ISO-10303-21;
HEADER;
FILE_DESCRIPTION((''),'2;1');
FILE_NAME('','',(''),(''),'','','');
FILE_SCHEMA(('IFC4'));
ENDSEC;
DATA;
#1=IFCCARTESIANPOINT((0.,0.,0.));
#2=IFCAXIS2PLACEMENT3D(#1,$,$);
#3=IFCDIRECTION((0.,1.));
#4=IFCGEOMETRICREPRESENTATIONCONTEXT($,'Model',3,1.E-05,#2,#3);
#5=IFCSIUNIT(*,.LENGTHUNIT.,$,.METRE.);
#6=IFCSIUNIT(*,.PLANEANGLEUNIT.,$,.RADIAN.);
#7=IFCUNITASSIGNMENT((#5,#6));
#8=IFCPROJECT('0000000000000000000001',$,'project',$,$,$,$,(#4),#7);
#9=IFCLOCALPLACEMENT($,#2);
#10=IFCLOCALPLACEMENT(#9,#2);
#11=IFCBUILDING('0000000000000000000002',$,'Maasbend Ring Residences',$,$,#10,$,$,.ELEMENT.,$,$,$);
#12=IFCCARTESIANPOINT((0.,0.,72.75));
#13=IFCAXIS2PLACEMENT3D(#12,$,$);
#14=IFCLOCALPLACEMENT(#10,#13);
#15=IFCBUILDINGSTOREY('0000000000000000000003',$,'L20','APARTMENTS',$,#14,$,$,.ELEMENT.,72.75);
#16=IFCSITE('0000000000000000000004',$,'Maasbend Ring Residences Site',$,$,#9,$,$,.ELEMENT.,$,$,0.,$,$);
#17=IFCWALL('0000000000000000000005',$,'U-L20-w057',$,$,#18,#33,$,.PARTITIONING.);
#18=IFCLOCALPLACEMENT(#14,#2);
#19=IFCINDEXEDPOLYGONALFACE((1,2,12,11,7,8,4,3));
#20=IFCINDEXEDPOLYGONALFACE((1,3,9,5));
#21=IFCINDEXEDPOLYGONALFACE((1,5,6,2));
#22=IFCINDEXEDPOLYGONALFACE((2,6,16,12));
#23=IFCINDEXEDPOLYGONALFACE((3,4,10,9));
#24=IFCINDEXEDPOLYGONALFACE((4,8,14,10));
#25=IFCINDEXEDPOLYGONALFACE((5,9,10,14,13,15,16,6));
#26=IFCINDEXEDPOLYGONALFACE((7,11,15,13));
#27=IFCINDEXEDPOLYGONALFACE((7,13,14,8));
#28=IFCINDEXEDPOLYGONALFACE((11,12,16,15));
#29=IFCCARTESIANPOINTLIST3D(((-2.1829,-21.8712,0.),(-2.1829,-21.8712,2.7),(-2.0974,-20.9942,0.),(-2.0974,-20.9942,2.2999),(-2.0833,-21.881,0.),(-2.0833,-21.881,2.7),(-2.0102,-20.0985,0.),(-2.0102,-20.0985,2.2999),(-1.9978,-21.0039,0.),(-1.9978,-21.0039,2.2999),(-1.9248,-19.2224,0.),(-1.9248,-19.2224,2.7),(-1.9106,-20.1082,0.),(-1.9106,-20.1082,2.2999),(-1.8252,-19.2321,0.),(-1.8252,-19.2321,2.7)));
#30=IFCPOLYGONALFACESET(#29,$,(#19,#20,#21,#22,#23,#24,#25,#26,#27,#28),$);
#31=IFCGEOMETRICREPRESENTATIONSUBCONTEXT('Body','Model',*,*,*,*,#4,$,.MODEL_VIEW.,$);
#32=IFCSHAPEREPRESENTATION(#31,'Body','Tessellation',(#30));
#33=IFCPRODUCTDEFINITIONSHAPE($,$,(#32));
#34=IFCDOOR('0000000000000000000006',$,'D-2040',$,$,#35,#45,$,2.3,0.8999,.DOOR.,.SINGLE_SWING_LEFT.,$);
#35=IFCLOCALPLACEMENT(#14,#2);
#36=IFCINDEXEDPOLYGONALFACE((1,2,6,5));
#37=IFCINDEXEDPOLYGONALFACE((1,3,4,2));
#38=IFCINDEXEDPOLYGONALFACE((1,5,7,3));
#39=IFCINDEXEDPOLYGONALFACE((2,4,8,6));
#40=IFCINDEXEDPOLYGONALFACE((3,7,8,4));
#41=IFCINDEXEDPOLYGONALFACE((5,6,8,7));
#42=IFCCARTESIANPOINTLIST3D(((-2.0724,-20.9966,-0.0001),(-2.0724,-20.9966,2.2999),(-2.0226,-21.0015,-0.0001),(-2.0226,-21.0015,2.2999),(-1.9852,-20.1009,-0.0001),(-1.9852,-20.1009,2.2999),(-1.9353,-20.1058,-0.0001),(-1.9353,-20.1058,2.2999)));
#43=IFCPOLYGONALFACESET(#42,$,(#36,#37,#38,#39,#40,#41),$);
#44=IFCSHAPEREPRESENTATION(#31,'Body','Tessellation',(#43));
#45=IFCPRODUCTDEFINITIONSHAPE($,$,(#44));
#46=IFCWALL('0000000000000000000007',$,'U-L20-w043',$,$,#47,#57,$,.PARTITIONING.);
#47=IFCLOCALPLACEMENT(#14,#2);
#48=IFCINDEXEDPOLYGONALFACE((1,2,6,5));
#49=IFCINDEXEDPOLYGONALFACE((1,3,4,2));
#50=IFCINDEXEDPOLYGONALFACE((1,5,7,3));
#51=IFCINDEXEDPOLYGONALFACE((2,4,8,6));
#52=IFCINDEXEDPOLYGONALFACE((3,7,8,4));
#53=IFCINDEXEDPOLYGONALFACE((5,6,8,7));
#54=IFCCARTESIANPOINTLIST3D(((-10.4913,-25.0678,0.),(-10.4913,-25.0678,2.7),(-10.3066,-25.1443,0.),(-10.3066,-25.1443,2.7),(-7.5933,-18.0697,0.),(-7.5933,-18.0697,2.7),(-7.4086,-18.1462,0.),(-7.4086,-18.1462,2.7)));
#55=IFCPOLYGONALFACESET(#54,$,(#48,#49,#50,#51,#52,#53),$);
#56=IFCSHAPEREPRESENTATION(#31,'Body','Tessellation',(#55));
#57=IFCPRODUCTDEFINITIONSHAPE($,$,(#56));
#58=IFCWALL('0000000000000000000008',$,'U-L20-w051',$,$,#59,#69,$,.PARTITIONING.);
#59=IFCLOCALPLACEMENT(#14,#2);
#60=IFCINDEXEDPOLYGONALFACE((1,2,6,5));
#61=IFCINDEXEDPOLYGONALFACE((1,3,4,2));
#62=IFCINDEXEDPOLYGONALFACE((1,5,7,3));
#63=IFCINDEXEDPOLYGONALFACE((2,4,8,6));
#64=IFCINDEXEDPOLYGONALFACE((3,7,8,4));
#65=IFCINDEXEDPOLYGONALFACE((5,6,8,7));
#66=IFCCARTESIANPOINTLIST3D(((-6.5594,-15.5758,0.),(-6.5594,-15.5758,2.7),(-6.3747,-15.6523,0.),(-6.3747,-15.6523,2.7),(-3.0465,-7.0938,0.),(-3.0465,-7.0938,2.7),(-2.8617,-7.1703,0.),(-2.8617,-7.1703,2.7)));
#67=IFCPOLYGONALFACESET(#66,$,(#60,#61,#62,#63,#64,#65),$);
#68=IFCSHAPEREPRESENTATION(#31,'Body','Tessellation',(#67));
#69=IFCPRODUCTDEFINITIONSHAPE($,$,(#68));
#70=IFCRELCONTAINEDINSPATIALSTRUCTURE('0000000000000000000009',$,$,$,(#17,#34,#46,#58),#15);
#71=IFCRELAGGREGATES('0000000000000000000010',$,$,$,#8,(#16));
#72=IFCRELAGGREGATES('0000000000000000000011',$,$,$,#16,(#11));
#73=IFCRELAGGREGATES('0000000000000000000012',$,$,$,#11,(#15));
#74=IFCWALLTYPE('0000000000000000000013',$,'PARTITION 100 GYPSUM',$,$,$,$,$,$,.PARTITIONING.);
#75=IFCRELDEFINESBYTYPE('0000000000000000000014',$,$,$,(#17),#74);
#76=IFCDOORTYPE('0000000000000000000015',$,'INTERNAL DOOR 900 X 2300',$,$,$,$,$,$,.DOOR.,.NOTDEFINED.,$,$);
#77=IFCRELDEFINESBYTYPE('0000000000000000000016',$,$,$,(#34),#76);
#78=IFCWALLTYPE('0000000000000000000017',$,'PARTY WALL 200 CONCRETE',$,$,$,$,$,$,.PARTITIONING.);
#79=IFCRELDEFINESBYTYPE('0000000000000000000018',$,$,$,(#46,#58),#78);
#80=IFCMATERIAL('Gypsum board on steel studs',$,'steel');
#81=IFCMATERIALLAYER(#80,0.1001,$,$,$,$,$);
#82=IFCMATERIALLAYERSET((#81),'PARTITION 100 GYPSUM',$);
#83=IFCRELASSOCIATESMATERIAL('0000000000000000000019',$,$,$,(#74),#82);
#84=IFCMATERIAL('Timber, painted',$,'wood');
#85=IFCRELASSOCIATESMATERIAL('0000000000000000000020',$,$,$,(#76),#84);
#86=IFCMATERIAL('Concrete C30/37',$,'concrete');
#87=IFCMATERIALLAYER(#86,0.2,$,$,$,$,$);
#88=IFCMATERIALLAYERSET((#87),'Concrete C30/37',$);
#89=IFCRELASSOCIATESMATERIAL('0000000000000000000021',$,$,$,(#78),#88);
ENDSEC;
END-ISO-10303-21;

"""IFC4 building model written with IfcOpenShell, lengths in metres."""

from ifc_helpers import new_model, si_unit, direction, frame, frame_2d, origin, place, context, subcontext, project, spatial, rectangle, extrude, material, layer, layer_set, type_object, element, fill, save


model = new_model("IFC4")

# Units and contexts
model_context = context("Model", 3, precision=1e-05, world=origin(), true_north=direction((0.0, 1.0)))
body_context = subcontext(model_context, "Body", "Model", "MODEL_VIEW")
ifc_project = project(units=[si_unit("LENGTHUNIT", "METRE"), si_unit("PLANEANGLEUNIT", "RADIAN")], contexts=[model_context])

# Site, building, storey
site_placement = place(None, origin())
site = spatial("IfcSite", under=ifc_project, at=site_placement, Name="Maasbend Ring Residences Site", CompositionType="ELEMENT", RefElevation=0.0)
building_placement = place(site_placement, origin())
building = spatial("IfcBuilding", under=site, at=building_placement, Name="Maasbend Ring Residences", CompositionType="ELEMENT")
storey_placement = place(building_placement, frame((0.0, 0.0, 72.75)))
storey = spatial("IfcBuildingStorey", under=building, at=storey_placement, Name="L20", Description="APARTMENTS", CompositionType="ELEMENT", Elevation=72.75)

# Shared definitions
ifc_material_1 = material(Name="Gypsum board on steel studs", Category="steel")
ifc_layer_1 = layer(ifc_material_1, 0.1001)
ifc_layer_set_1 = layer_set([ifc_layer_1], Name="PARTITION 100 GYPSUM")
wall_type_1 = type_object("IfcWallType", Name="PARTITION 100 GYPSUM", PredefinedType="PARTITIONING", material=ifc_layer_set_1)
ifc_material_2 = material(Name="Timber, painted", Category="wood")
door_type_1 = type_object("IfcDoorType", Name="INTERNAL DOOR 900 X 2300", OperationType="NOTDEFINED", PredefinedType="DOOR", material=ifc_material_2)

# Wall, opening, door
wall_1_placement = place(storey_placement, frame((-2.1331, -21.876, 0.0), z_axis=(0.0, 0.0, 1.0), x_axis=(0.09696, 0.995288, 0.0)))
wall_1 = element("IfcWall", 1, at=wall_1_placement, inside=storey, type_object=wall_type_1, Name="U-L20-w057", PredefinedType="PARTITIONING", context=body_context, shape_type="SweptSolid", body=[
    extrude(rectangle(XDim=2.6614, YDim=0.1001, at=frame_2d((1.3306, 0.0))), origin(), (0.0, 0.0, 1.0), 2.7),
])
opening_1_placement = place(wall_1_placement, frame((0.8811, 0.0, 0.0)))
opening_1 = element("IfcOpeningElement", 2, at=opening_1_placement, cuts=wall_1, PredefinedType="OPENING", context=body_context, shape_type="SweptSolid", body=[
    extrude(rectangle(XDim=0.8999, YDim=2.3, at=frame_2d((0.45, 1.1499))), frame((0.0, 0.0601, 0.0), z_axis=(0.0, -1.0, 0.0), x_axis=(1.0, 0.0, 0.0)), (0.0, 0.0, 1.0), 0.1201),
])
door_1_placement = place(opening_1_placement, origin())
door_1 = element("IfcDoor", 3, at=door_1_placement, inside=storey, type_object=door_type_1, Name="D-2040", OperationType="SINGLE_SWING_LEFT", OverallHeight=2.3, OverallWidth=0.8999, PredefinedType="DOOR", context=body_context, shape_type="SweptSolid", body=[
    extrude(rectangle(XDim=0.8999, YDim=2.3, at=frame_2d((0.45, 1.1499))), frame((0.0, 0.0249, 0.0), z_axis=(0.0, -1.0, 0.0), x_axis=(1.0, 0.0, 0.0)), (0.0, 0.0, 1.0), 0.05),
])
fill(opening_1, door_1)

# Walls
ifc_material_3 = material(Name="Concrete C30/37", Category="concrete")
ifc_layer_2 = layer(ifc_material_3, 0.2)
ifc_layer_set_2 = layer_set([ifc_layer_2], Name="Concrete C30/37")
wall_type_2 = type_object("IfcWallType", Name="PARTY WALL 200 CONCRETE", PredefinedType="PARTITIONING", material=ifc_layer_set_2)
wall_2_placement = place(storey_placement, frame((-10.3989, -25.106, 0.0), z_axis=(0.0, 0.0, 1.0), x_axis=(0.3826, 0.923914, 0.0)))
element("IfcWall", 4, at=wall_2_placement, inside=storey, type_object=wall_type_2, Name="U-L20-w043", PredefinedType="PARTITIONING", context=body_context, shape_type="SweptSolid", body=[
    extrude(rectangle(XDim=7.5745, YDim=0.2, at=frame_2d((3.7871, 0.0))), origin(), (0.0, 0.0, 1.0), 2.7),
])
wall_3_placement = place(storey_placement, frame((-6.467, -15.614, 0.0), z_axis=(0.0, 0.0, 1.0), x_axis=(0.382647, 0.923895, 0.0)))
element("IfcWall", 5, at=wall_3_placement, inside=storey, type_object=wall_type_2, Name="U-L20-w051", PredefinedType="PARTITIONING", context=body_context, shape_type="SweptSolid", body=[
    extrude(rectangle(XDim=9.1807, YDim=0.2, at=frame_2d((4.5903, 0.0))), origin(), (0.0, 0.0, 1.0), 2.7),
])

save(model, "model.ifc")
